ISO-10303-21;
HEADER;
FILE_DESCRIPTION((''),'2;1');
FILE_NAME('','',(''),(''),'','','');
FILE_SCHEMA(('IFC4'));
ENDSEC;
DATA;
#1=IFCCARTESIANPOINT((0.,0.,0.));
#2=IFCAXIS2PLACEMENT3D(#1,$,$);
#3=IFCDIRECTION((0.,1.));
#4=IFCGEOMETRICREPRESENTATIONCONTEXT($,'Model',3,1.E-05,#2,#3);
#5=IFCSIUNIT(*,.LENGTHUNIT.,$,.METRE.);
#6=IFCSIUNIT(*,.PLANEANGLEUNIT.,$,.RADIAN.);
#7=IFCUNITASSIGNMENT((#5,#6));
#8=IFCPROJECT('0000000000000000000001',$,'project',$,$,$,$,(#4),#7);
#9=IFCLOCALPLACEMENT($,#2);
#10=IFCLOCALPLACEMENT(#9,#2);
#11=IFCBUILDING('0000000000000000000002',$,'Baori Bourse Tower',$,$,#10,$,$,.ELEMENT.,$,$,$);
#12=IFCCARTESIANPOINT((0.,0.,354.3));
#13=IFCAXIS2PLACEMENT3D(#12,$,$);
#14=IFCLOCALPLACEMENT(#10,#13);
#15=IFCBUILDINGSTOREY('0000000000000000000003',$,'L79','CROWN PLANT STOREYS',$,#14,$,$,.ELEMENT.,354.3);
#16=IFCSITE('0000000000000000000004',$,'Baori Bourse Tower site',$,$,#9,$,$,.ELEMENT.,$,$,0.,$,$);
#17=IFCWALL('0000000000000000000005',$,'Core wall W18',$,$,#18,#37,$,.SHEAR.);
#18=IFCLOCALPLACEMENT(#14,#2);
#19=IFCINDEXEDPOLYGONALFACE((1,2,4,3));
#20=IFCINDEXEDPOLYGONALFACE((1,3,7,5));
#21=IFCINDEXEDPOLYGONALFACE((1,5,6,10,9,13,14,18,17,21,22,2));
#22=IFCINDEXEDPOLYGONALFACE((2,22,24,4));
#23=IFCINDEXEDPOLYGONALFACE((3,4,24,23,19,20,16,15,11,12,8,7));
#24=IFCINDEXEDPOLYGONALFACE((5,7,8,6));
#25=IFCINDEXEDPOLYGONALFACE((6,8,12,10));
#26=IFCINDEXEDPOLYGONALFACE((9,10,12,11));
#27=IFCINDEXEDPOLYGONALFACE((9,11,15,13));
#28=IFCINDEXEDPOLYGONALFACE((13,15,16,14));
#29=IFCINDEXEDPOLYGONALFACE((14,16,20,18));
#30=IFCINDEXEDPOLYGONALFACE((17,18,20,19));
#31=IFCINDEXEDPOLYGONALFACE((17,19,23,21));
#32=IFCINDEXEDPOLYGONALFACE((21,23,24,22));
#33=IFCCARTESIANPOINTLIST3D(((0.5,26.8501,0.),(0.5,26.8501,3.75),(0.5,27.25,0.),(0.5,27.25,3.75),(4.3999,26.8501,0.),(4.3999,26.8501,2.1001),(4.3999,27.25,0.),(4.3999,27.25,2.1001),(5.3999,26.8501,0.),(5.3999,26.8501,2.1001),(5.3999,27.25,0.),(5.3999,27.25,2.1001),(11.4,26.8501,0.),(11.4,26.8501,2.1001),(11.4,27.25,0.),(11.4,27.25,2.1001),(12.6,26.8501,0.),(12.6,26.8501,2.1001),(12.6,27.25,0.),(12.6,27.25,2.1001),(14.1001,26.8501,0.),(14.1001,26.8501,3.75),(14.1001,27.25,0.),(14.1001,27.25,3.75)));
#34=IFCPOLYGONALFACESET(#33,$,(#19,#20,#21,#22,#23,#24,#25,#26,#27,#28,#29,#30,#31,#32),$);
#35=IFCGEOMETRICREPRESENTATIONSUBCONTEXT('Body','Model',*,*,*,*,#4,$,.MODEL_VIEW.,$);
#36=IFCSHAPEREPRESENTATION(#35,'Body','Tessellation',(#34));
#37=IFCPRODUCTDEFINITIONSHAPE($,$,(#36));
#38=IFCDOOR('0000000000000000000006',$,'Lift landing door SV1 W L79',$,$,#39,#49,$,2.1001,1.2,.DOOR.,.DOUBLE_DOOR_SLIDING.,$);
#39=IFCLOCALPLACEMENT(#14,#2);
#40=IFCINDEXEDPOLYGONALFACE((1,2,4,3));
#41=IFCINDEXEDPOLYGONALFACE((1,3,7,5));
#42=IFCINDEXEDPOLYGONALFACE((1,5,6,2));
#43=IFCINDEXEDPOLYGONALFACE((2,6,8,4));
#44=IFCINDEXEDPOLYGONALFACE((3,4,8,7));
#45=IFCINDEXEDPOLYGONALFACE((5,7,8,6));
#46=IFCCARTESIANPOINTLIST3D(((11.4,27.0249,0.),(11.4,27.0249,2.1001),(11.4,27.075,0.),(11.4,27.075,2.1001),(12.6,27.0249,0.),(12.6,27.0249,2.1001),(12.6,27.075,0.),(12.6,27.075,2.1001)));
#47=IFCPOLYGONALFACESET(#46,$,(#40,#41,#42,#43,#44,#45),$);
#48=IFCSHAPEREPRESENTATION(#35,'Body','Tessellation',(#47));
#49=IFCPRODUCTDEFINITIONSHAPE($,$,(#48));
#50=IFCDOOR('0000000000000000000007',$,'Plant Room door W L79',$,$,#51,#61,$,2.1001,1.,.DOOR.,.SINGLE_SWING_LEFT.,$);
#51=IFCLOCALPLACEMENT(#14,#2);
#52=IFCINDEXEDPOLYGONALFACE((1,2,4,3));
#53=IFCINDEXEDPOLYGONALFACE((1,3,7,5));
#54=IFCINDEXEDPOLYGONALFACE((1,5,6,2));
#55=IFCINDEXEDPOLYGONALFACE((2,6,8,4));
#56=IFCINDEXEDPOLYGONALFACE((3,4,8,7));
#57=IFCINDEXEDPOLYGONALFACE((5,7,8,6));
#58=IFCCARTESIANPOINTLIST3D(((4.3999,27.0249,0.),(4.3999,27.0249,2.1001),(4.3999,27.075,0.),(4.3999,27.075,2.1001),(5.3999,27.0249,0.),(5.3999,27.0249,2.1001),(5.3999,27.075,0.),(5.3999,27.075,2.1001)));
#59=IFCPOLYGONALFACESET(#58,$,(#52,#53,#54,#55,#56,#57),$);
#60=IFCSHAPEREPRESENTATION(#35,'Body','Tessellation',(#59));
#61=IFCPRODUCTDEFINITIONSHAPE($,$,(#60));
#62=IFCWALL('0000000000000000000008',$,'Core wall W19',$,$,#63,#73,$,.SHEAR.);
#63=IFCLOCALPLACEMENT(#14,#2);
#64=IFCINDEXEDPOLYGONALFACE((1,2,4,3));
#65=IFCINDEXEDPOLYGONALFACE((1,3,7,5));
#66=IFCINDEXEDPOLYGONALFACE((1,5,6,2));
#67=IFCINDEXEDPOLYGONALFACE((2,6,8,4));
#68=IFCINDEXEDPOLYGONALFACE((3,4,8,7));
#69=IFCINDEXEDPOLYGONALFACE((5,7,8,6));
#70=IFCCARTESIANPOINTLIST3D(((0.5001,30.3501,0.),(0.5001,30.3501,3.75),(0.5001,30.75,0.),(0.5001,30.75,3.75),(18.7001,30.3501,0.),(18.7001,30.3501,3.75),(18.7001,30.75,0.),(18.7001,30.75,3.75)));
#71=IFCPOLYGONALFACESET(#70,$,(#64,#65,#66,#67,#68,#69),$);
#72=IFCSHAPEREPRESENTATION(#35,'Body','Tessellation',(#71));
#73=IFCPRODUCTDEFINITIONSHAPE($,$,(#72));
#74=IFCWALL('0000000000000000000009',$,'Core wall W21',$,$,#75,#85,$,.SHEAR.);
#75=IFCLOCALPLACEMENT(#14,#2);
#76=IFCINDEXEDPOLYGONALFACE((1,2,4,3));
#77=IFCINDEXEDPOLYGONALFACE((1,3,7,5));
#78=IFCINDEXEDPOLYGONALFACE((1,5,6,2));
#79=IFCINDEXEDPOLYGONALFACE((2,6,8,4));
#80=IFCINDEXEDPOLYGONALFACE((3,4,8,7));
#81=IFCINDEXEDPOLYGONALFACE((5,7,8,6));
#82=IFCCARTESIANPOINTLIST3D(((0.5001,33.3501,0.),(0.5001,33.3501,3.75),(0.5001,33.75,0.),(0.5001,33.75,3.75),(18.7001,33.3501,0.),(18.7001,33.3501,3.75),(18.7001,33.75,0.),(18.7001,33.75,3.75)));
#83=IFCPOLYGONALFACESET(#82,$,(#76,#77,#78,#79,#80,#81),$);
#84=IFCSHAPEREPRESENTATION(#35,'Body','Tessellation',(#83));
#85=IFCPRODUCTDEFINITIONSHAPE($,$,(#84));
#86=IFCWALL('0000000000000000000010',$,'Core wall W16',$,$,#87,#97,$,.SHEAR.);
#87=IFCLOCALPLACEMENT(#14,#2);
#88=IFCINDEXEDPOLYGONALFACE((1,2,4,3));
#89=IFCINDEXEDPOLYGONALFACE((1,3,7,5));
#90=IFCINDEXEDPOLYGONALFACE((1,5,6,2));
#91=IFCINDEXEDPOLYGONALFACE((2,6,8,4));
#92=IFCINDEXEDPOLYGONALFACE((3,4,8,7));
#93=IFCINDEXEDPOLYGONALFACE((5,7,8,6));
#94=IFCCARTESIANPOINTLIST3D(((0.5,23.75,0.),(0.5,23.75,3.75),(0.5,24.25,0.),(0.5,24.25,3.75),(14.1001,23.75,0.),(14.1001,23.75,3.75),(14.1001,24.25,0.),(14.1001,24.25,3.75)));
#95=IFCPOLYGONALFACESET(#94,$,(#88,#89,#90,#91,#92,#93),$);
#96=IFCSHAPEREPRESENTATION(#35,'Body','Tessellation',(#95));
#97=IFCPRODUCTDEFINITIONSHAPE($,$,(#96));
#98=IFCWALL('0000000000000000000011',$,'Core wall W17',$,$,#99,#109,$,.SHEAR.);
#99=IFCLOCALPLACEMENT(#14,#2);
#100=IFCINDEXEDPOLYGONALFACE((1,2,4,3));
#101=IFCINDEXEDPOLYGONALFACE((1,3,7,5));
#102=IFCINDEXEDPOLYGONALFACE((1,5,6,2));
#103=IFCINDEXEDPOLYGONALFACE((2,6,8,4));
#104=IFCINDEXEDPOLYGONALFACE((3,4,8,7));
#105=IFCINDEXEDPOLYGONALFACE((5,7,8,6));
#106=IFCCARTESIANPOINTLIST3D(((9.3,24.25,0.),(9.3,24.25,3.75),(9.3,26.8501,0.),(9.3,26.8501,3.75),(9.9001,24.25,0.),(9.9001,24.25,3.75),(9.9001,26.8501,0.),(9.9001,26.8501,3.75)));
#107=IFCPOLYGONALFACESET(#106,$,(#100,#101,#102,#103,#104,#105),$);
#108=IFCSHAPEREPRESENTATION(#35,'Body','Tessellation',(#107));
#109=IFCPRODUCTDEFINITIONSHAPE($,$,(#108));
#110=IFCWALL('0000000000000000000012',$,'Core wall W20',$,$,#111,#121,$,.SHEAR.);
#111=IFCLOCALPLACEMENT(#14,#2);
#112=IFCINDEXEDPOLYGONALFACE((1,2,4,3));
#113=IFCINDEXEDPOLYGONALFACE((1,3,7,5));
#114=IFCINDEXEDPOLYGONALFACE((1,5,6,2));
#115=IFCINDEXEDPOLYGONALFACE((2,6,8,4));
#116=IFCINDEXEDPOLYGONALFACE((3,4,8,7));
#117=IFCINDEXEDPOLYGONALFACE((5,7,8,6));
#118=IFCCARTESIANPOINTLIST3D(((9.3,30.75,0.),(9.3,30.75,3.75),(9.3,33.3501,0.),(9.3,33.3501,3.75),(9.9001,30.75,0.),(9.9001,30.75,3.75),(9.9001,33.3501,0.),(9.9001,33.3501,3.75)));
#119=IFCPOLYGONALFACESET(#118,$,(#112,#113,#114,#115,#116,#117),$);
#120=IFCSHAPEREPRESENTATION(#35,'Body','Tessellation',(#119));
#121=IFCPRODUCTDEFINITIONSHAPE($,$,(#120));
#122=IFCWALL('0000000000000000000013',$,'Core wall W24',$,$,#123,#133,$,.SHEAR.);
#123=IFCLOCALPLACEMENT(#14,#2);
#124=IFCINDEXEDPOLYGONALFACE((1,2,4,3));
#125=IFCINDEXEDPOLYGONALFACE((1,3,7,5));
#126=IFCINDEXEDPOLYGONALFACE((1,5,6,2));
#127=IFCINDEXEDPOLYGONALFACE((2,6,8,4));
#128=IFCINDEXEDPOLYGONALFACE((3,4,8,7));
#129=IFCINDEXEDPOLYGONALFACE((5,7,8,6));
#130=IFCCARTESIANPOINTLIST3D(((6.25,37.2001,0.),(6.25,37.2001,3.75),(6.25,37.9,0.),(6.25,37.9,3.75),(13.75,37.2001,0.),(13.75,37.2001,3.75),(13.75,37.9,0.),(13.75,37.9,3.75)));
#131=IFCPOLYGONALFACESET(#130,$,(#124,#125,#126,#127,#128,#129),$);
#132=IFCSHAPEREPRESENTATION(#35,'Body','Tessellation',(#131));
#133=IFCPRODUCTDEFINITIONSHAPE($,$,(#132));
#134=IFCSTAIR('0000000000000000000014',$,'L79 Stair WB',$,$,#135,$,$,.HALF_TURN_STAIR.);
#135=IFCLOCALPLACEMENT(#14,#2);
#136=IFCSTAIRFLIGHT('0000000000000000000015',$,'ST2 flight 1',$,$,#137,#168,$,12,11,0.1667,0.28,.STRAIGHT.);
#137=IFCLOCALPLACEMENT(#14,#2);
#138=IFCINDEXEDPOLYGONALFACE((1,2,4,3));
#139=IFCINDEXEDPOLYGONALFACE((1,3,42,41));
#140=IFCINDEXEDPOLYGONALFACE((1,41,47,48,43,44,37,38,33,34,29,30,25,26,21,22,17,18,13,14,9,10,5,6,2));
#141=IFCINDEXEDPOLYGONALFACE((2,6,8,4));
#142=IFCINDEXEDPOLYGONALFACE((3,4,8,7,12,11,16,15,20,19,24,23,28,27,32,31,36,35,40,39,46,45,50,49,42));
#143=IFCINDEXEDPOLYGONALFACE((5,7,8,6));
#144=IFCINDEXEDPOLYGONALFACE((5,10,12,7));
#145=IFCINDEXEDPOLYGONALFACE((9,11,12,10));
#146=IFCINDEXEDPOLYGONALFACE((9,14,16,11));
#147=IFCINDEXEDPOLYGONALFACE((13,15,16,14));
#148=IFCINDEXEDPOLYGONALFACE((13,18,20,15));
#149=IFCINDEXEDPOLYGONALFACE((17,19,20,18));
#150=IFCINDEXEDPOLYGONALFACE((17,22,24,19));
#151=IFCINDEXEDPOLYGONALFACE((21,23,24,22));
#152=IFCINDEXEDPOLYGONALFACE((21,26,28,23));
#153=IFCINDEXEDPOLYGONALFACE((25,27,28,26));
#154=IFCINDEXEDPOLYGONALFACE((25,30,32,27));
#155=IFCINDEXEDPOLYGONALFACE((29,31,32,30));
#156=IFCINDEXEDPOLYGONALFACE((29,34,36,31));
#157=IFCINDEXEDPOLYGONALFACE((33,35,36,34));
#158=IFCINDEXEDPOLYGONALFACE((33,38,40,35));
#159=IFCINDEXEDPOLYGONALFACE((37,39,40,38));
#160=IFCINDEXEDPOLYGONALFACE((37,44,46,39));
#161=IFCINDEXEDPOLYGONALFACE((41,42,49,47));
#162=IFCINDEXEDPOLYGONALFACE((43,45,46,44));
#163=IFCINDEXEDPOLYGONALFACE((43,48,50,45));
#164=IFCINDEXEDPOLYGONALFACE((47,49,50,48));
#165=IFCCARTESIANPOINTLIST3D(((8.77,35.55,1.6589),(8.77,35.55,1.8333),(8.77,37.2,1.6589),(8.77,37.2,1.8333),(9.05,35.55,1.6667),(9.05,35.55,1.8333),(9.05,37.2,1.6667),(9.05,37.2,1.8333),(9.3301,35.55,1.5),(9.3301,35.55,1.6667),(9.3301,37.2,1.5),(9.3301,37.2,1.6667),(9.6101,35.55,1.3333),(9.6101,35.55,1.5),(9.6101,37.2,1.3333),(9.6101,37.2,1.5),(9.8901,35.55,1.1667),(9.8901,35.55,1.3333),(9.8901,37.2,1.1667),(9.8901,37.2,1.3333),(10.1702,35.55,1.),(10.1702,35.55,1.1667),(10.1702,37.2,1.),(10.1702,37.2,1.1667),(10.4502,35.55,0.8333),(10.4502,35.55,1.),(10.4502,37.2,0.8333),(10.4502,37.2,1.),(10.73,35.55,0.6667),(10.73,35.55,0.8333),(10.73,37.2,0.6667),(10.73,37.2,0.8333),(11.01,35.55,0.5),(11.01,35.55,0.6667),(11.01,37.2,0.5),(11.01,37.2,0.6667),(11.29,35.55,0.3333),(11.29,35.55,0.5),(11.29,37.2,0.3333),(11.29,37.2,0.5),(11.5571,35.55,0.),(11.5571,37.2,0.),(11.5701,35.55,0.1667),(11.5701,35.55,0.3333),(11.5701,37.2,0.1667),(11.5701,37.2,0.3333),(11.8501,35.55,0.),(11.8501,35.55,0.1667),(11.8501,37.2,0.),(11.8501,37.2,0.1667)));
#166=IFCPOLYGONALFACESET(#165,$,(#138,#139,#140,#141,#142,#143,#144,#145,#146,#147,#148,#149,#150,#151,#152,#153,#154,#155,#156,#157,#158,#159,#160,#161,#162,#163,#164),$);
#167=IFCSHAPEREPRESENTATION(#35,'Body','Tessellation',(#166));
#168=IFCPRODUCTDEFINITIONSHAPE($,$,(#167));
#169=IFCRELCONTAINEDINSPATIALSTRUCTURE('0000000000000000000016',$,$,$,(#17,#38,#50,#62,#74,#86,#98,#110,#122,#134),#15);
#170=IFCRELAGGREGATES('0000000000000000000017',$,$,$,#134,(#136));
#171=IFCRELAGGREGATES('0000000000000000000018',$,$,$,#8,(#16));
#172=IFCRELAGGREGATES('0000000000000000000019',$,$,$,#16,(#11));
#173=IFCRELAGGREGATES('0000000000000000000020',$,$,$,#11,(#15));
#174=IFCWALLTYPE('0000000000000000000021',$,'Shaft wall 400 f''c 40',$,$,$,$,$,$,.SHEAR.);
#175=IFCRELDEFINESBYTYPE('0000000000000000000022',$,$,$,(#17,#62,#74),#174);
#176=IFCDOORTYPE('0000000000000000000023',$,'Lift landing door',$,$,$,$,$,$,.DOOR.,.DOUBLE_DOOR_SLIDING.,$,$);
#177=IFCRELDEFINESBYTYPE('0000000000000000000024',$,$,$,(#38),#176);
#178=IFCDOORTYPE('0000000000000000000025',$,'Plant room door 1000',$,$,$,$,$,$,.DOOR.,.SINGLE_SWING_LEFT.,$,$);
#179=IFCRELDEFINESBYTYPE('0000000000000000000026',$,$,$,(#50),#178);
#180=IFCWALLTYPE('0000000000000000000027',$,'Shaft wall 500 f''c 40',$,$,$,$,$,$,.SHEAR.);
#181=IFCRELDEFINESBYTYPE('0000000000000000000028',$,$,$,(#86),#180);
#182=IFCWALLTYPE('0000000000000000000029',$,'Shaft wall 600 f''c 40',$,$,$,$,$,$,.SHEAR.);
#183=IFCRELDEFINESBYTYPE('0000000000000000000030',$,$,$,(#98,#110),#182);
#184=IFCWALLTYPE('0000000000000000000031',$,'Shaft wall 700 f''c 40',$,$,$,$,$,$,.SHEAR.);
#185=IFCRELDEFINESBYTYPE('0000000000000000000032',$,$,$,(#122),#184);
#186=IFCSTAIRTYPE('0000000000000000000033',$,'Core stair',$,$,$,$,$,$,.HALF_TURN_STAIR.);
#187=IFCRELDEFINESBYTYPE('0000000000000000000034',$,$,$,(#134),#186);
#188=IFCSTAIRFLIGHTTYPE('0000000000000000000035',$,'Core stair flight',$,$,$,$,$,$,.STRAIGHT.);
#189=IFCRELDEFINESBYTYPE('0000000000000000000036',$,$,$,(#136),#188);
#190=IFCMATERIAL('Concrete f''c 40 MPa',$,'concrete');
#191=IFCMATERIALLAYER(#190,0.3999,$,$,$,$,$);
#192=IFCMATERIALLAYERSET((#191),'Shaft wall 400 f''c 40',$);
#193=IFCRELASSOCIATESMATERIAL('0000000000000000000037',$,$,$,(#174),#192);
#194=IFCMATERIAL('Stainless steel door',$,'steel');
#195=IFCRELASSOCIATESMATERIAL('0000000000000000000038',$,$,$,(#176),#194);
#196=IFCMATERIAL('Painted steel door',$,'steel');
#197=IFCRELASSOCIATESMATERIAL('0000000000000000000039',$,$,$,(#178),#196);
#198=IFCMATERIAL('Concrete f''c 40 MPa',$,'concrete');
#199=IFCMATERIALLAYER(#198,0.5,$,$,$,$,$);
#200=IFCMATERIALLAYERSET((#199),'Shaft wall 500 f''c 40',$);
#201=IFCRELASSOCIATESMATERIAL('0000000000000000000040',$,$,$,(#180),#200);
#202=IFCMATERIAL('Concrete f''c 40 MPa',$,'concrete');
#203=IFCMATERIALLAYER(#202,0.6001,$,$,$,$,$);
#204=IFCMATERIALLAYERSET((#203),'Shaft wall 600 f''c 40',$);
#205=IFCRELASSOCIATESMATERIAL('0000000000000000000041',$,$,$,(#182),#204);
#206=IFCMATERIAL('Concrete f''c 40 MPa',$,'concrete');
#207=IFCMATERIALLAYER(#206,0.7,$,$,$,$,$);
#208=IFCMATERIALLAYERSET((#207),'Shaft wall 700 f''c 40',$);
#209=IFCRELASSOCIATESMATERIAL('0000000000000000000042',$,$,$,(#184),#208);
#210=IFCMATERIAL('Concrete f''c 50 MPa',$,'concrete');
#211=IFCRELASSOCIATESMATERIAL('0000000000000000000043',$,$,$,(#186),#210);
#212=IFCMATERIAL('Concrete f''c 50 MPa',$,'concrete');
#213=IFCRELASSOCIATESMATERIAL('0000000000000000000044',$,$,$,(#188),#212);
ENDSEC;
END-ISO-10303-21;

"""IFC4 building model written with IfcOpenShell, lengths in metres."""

from ifc_helpers import new_model, si_unit, direction, frame, frame_2d, origin, place, context, subcontext, project, spatial, polyline, rectangle, outline, extrude, material, layer, layer_set, type_object, element, fill, aggregate, save


model = new_model("IFC4")

# Units and contexts
model_context = context("Model", 3, precision=1e-05, world=origin(), true_north=direction((0.0, 1.0)))
body_context = subcontext(model_context, "Body", "Model", "MODEL_VIEW")
ifc_project = project(units=[si_unit("LENGTHUNIT", "METRE"), si_unit("PLANEANGLEUNIT", "RADIAN")], contexts=[model_context])

# Site, building, storey
site_placement = place(None, origin())
site = spatial("IfcSite", under=ifc_project, at=site_placement, Name="Baori Bourse Tower site", CompositionType="ELEMENT", RefElevation=0.0)
building_placement = place(site_placement, origin())
building = spatial("IfcBuilding", under=site, at=building_placement, Name="Baori Bourse Tower", CompositionType="ELEMENT")
storey_placement = place(building_placement, frame((0.0, 0.0, 354.3)))
storey = spatial("IfcBuildingStorey", under=building, at=storey_placement, Name="L79", Description="CROWN PLANT STOREYS", CompositionType="ELEMENT", Elevation=354.3)

# Shared definitions
ifc_material_1 = material(Name="Concrete f'c 40 MPa", Category="concrete")
ifc_layer_1 = layer(ifc_material_1, 0.3999)
ifc_layer_set_1 = layer_set([ifc_layer_1], Name="Shaft wall 400 f'c 40")
wall_type_1 = type_object("IfcWallType", Name="Shaft wall 400 f'c 40", PredefinedType="SHEAR", material=ifc_layer_set_1)

# Shared definitions
ifc_material_2 = material(Name="Stainless steel door", Category="steel")
door_type_1 = type_object("IfcDoorType", Name="Lift landing door", OperationType="DOUBLE_DOOR_SLIDING", PredefinedType="DOOR", material=ifc_material_2)

# Wall, openings, doors
wall_1_placement = place(storey_placement, frame((0.5, 27.05, 0.0), z_axis=(0.0, 0.0, 1.0), x_axis=(1.0, 0.0, 0.0)))
wall_1 = element("IfcWall", 1, at=wall_1_placement, inside=storey, type_object=wall_type_1, Name="Core wall W18", PredefinedType="SHEAR", context=body_context, shape_type="SweptSolid", body=[
    extrude(rectangle(XDim=13.6001, YDim=0.3999, at=frame_2d((6.8, 0.0))), origin(), (0.0, 0.0, 1.0), 3.75),
])
opening_1_placement = place(wall_1_placement, frame((3.8999, 0.0, 0.0)))
opening_1 = element("IfcOpeningElement", 2, at=opening_1_placement, cuts=wall_1, PredefinedType="OPENING", context=body_context, shape_type="SweptSolid", body=[
    extrude(rectangle(XDim=1.0, YDim=2.1001, at=frame_2d((0.5, 1.05))), frame((0.0, 0.21, 0.0), z_axis=(0.0, -1.0, 0.0), x_axis=(1.0, 0.0, 0.0)), (0.0, 0.0, 1.0), 0.4199),
])
opening_2_placement = place(wall_1_placement, frame((10.8999, 0.0, 0.0)))
opening_2 = element("IfcOpeningElement", 3, at=opening_2_placement, cuts=wall_1, PredefinedType="OPENING", context=body_context, shape_type="SweptSolid", body=[
    extrude(rectangle(XDim=1.2, YDim=2.1001, at=frame_2d((0.6001, 1.05))), frame((0.0, 0.21, 0.0), z_axis=(0.0, -1.0, 0.0), x_axis=(1.0, 0.0, 0.0)), (0.0, 0.0, 1.0), 0.4199),
])
door_1_placement = place(opening_2_placement, origin())
door_1 = element("IfcDoor", 4, at=door_1_placement, inside=storey, type_object=door_type_1, Name="Lift landing door SV1 W L79", OperationType="DOUBLE_DOOR_SLIDING", OverallHeight=2.1001, OverallWidth=1.2, PredefinedType="DOOR", context=body_context, shape_type="SweptSolid", body=[
    extrude(rectangle(XDim=1.2, YDim=2.1001, at=frame_2d((0.6001, 1.05))), frame((0.0, 0.0249, 0.0), z_axis=(0.0, -1.0, 0.0), x_axis=(1.0, 0.0, 0.0)), (0.0, 0.0, 1.0), 0.05),
])
fill(opening_2, door_1)
ifc_material_3 = material(Name="Painted steel door", Category="steel")
door_type_2 = type_object("IfcDoorType", Name="Plant room door 1000", OperationType="SINGLE_SWING_LEFT", PredefinedType="DOOR", material=ifc_material_3)
door_2_placement = place(opening_1_placement, origin())
door_2 = element("IfcDoor", 5, at=door_2_placement, inside=storey, type_object=door_type_2, Name="Plant Room door W L79", OperationType="SINGLE_SWING_LEFT", OverallHeight=2.1001, OverallWidth=1.0, PredefinedType="DOOR", context=body_context, shape_type="SweptSolid", body=[
    extrude(rectangle(XDim=1.0, YDim=2.1001, at=frame_2d((0.5, 1.05))), frame((0.0, 0.0249, 0.0), z_axis=(0.0, -1.0, 0.0), x_axis=(1.0, 0.0, 0.0)), (0.0, 0.0, 1.0), 0.05),
])
fill(opening_1, door_2)

# Walls
for number, where, z_axis, x_axis, name in (
    (6, (0.5, 30.55, 0.0), (0.0, 0.0, 1.0), (1.0, 0.0, 0.0), "Core wall W19"),
    (7, (0.5, 33.55, 0.0), (0.0, 0.0, 1.0), (1.0, 0.0, 0.0), "Core wall W21"),
):
    element("IfcWall", number, at=place(storey_placement, frame(where, z_axis=z_axis, x_axis=x_axis)), inside=storey, type_object=wall_type_1, Name=name, PredefinedType="SHEAR", context=body_context, shape_type="SweptSolid", body=[
        extrude(rectangle(XDim=18.2, YDim=0.3999, at=frame_2d((9.1001, 0.0))), origin(), (0.0, 0.0, 1.0), 3.75),
    ])
ifc_material_4 = material(Name="Concrete f'c 40 MPa", Category="concrete")
ifc_layer_2 = layer(ifc_material_4, 0.5)
ifc_layer_set_2 = layer_set([ifc_layer_2], Name="Shaft wall 500 f'c 40")
wall_type_2 = type_object("IfcWallType", Name="Shaft wall 500 f'c 40", PredefinedType="SHEAR", material=ifc_layer_set_2)
wall_2_placement = place(storey_placement, frame((0.5, 24.0, 0.0), z_axis=(0.0, 0.0, 1.0), x_axis=(1.0, 0.0, 0.0)))
element("IfcWall", 8, at=wall_2_placement, inside=storey, type_object=wall_type_2, Name="Core wall W16", PredefinedType="SHEAR", context=body_context, shape_type="SweptSolid", body=[
    extrude(rectangle(XDim=13.6001, YDim=0.5, at=frame_2d((6.8, 0.0))), origin(), (0.0, 0.0, 1.0), 3.75),
])
ifc_material_5 = material(Name="Concrete f'c 40 MPa", Category="concrete")
ifc_layer_3 = layer(ifc_material_5, 0.6001)
ifc_layer_set_3 = layer_set([ifc_layer_3], Name="Shaft wall 600 f'c 40")
wall_type_3 = type_object("IfcWallType", Name="Shaft wall 600 f'c 40", PredefinedType="SHEAR", material=ifc_layer_set_3)
for number, where, z_axis, x_axis, name in (
    (9, (9.6001, 24.25, 0.0), (0.0, 0.0, 1.0), (0.0, 1.0, 0.0), "Core wall W17"),
    (10, (9.6001, 30.75, 0.0), (0.0, 0.0, 1.0), (0.0, 1.0, 0.0), "Core wall W20"),
):
    element("IfcWall", number, at=place(storey_placement, frame(where, z_axis=z_axis, x_axis=x_axis)), inside=storey, type_object=wall_type_3, Name=name, PredefinedType="SHEAR", context=body_context, shape_type="SweptSolid", body=[
        extrude(rectangle(XDim=2.6001, YDim=0.6001, at=frame_2d((1.3, 0.0))), origin(), (0.0, 0.0, 1.0), 3.75),
    ])
ifc_material_6 = material(Name="Concrete f'c 40 MPa", Category="concrete")
ifc_layer_4 = layer(ifc_material_6, 0.7)
ifc_layer_set_4 = layer_set([ifc_layer_4], Name="Shaft wall 700 f'c 40")
wall_type_4 = type_object("IfcWallType", Name="Shaft wall 700 f'c 40", PredefinedType="SHEAR", material=ifc_layer_set_4)
wall_3_placement = place(storey_placement, frame((6.25, 37.55, 0.0), z_axis=(0.0, 0.0, 1.0), x_axis=(1.0, 0.0, 0.0)))
element("IfcWall", 11, at=wall_3_placement, inside=storey, type_object=wall_type_4, Name="Core wall W24", PredefinedType="SHEAR", context=body_context, shape_type="SweptSolid", body=[
    extrude(rectangle(XDim=7.5, YDim=0.7, at=frame_2d((3.75, 0.0))), origin(), (0.0, 0.0, 1.0), 3.75),
])

# Stair, stair flight
ifc_material_7 = material(Name="Concrete f'c 50 MPa", Category="concrete")
stair_type = type_object("IfcStairType", Name="Core stair", PredefinedType="HALF_TURN_STAIR", material=ifc_material_7)
stair_placement = place(storey_placement, origin())
stair = element("IfcStair", 12, at=stair_placement, inside=storey, type_object=stair_type, Name="L79 Stair WB", PredefinedType="HALF_TURN_STAIR")
ifc_material_8 = material(Name="Concrete f'c 50 MPa", Category="concrete")
stair_flight_type = type_object("IfcStairFlightType", Name="Core stair flight", PredefinedType="STRAIGHT", material=ifc_material_8)
stair_flight_1_placement = place(storey_placement, frame((11.8501, 36.375, 0.0), z_axis=(0.0, 0.0, 1.0), x_axis=(-1.0, 0.0, 0.0)))
stair_flight_1 = element("IfcStairFlight", 13, at=stair_flight_1_placement, type_object=stair_flight_type, Name="ST2 flight 1", NumberOfRisers=12, NumberOfTreads=11, PredefinedType="STRAIGHT", RiserHeight=0.1667, TreadLength=0.28, context=body_context, shape_type="SweptSolid", body=[
    extrude(outline(polyline([(0.0, 0.0), (0.0, 0.1667), (0.28, 0.1667), (0.28, 0.3333), (0.5601, 0.3333), (0.5601, 0.5), (0.8401, 0.5), (0.8401, 0.6667), (1.1201, 0.6667), (1.1201, 0.8333), (1.3999, 0.8333), (1.3999, 1.0), (1.6799, 1.0), (1.6799, 1.1667), (1.96, 1.1667), (1.96, 1.3333), (2.24, 1.3333), (2.24, 1.5), (2.52, 1.5), (2.52, 1.6667), (2.8, 1.6667), (2.8, 1.8333), (3.0801, 1.8333), (3.0801, 2.0), (3.0801, 1.6589), (0.293, 0.0), (0.0, 0.0)])), frame((0.0, 0.825, 0.0), z_axis=(0.0, -1.0, 0.0), x_axis=(1.0, 0.0, 0.0)), (0.0, 0.0, 1.0), 1.6499),
])
aggregate(stair, [stair_flight_1])

save(model, "model.ifc")
